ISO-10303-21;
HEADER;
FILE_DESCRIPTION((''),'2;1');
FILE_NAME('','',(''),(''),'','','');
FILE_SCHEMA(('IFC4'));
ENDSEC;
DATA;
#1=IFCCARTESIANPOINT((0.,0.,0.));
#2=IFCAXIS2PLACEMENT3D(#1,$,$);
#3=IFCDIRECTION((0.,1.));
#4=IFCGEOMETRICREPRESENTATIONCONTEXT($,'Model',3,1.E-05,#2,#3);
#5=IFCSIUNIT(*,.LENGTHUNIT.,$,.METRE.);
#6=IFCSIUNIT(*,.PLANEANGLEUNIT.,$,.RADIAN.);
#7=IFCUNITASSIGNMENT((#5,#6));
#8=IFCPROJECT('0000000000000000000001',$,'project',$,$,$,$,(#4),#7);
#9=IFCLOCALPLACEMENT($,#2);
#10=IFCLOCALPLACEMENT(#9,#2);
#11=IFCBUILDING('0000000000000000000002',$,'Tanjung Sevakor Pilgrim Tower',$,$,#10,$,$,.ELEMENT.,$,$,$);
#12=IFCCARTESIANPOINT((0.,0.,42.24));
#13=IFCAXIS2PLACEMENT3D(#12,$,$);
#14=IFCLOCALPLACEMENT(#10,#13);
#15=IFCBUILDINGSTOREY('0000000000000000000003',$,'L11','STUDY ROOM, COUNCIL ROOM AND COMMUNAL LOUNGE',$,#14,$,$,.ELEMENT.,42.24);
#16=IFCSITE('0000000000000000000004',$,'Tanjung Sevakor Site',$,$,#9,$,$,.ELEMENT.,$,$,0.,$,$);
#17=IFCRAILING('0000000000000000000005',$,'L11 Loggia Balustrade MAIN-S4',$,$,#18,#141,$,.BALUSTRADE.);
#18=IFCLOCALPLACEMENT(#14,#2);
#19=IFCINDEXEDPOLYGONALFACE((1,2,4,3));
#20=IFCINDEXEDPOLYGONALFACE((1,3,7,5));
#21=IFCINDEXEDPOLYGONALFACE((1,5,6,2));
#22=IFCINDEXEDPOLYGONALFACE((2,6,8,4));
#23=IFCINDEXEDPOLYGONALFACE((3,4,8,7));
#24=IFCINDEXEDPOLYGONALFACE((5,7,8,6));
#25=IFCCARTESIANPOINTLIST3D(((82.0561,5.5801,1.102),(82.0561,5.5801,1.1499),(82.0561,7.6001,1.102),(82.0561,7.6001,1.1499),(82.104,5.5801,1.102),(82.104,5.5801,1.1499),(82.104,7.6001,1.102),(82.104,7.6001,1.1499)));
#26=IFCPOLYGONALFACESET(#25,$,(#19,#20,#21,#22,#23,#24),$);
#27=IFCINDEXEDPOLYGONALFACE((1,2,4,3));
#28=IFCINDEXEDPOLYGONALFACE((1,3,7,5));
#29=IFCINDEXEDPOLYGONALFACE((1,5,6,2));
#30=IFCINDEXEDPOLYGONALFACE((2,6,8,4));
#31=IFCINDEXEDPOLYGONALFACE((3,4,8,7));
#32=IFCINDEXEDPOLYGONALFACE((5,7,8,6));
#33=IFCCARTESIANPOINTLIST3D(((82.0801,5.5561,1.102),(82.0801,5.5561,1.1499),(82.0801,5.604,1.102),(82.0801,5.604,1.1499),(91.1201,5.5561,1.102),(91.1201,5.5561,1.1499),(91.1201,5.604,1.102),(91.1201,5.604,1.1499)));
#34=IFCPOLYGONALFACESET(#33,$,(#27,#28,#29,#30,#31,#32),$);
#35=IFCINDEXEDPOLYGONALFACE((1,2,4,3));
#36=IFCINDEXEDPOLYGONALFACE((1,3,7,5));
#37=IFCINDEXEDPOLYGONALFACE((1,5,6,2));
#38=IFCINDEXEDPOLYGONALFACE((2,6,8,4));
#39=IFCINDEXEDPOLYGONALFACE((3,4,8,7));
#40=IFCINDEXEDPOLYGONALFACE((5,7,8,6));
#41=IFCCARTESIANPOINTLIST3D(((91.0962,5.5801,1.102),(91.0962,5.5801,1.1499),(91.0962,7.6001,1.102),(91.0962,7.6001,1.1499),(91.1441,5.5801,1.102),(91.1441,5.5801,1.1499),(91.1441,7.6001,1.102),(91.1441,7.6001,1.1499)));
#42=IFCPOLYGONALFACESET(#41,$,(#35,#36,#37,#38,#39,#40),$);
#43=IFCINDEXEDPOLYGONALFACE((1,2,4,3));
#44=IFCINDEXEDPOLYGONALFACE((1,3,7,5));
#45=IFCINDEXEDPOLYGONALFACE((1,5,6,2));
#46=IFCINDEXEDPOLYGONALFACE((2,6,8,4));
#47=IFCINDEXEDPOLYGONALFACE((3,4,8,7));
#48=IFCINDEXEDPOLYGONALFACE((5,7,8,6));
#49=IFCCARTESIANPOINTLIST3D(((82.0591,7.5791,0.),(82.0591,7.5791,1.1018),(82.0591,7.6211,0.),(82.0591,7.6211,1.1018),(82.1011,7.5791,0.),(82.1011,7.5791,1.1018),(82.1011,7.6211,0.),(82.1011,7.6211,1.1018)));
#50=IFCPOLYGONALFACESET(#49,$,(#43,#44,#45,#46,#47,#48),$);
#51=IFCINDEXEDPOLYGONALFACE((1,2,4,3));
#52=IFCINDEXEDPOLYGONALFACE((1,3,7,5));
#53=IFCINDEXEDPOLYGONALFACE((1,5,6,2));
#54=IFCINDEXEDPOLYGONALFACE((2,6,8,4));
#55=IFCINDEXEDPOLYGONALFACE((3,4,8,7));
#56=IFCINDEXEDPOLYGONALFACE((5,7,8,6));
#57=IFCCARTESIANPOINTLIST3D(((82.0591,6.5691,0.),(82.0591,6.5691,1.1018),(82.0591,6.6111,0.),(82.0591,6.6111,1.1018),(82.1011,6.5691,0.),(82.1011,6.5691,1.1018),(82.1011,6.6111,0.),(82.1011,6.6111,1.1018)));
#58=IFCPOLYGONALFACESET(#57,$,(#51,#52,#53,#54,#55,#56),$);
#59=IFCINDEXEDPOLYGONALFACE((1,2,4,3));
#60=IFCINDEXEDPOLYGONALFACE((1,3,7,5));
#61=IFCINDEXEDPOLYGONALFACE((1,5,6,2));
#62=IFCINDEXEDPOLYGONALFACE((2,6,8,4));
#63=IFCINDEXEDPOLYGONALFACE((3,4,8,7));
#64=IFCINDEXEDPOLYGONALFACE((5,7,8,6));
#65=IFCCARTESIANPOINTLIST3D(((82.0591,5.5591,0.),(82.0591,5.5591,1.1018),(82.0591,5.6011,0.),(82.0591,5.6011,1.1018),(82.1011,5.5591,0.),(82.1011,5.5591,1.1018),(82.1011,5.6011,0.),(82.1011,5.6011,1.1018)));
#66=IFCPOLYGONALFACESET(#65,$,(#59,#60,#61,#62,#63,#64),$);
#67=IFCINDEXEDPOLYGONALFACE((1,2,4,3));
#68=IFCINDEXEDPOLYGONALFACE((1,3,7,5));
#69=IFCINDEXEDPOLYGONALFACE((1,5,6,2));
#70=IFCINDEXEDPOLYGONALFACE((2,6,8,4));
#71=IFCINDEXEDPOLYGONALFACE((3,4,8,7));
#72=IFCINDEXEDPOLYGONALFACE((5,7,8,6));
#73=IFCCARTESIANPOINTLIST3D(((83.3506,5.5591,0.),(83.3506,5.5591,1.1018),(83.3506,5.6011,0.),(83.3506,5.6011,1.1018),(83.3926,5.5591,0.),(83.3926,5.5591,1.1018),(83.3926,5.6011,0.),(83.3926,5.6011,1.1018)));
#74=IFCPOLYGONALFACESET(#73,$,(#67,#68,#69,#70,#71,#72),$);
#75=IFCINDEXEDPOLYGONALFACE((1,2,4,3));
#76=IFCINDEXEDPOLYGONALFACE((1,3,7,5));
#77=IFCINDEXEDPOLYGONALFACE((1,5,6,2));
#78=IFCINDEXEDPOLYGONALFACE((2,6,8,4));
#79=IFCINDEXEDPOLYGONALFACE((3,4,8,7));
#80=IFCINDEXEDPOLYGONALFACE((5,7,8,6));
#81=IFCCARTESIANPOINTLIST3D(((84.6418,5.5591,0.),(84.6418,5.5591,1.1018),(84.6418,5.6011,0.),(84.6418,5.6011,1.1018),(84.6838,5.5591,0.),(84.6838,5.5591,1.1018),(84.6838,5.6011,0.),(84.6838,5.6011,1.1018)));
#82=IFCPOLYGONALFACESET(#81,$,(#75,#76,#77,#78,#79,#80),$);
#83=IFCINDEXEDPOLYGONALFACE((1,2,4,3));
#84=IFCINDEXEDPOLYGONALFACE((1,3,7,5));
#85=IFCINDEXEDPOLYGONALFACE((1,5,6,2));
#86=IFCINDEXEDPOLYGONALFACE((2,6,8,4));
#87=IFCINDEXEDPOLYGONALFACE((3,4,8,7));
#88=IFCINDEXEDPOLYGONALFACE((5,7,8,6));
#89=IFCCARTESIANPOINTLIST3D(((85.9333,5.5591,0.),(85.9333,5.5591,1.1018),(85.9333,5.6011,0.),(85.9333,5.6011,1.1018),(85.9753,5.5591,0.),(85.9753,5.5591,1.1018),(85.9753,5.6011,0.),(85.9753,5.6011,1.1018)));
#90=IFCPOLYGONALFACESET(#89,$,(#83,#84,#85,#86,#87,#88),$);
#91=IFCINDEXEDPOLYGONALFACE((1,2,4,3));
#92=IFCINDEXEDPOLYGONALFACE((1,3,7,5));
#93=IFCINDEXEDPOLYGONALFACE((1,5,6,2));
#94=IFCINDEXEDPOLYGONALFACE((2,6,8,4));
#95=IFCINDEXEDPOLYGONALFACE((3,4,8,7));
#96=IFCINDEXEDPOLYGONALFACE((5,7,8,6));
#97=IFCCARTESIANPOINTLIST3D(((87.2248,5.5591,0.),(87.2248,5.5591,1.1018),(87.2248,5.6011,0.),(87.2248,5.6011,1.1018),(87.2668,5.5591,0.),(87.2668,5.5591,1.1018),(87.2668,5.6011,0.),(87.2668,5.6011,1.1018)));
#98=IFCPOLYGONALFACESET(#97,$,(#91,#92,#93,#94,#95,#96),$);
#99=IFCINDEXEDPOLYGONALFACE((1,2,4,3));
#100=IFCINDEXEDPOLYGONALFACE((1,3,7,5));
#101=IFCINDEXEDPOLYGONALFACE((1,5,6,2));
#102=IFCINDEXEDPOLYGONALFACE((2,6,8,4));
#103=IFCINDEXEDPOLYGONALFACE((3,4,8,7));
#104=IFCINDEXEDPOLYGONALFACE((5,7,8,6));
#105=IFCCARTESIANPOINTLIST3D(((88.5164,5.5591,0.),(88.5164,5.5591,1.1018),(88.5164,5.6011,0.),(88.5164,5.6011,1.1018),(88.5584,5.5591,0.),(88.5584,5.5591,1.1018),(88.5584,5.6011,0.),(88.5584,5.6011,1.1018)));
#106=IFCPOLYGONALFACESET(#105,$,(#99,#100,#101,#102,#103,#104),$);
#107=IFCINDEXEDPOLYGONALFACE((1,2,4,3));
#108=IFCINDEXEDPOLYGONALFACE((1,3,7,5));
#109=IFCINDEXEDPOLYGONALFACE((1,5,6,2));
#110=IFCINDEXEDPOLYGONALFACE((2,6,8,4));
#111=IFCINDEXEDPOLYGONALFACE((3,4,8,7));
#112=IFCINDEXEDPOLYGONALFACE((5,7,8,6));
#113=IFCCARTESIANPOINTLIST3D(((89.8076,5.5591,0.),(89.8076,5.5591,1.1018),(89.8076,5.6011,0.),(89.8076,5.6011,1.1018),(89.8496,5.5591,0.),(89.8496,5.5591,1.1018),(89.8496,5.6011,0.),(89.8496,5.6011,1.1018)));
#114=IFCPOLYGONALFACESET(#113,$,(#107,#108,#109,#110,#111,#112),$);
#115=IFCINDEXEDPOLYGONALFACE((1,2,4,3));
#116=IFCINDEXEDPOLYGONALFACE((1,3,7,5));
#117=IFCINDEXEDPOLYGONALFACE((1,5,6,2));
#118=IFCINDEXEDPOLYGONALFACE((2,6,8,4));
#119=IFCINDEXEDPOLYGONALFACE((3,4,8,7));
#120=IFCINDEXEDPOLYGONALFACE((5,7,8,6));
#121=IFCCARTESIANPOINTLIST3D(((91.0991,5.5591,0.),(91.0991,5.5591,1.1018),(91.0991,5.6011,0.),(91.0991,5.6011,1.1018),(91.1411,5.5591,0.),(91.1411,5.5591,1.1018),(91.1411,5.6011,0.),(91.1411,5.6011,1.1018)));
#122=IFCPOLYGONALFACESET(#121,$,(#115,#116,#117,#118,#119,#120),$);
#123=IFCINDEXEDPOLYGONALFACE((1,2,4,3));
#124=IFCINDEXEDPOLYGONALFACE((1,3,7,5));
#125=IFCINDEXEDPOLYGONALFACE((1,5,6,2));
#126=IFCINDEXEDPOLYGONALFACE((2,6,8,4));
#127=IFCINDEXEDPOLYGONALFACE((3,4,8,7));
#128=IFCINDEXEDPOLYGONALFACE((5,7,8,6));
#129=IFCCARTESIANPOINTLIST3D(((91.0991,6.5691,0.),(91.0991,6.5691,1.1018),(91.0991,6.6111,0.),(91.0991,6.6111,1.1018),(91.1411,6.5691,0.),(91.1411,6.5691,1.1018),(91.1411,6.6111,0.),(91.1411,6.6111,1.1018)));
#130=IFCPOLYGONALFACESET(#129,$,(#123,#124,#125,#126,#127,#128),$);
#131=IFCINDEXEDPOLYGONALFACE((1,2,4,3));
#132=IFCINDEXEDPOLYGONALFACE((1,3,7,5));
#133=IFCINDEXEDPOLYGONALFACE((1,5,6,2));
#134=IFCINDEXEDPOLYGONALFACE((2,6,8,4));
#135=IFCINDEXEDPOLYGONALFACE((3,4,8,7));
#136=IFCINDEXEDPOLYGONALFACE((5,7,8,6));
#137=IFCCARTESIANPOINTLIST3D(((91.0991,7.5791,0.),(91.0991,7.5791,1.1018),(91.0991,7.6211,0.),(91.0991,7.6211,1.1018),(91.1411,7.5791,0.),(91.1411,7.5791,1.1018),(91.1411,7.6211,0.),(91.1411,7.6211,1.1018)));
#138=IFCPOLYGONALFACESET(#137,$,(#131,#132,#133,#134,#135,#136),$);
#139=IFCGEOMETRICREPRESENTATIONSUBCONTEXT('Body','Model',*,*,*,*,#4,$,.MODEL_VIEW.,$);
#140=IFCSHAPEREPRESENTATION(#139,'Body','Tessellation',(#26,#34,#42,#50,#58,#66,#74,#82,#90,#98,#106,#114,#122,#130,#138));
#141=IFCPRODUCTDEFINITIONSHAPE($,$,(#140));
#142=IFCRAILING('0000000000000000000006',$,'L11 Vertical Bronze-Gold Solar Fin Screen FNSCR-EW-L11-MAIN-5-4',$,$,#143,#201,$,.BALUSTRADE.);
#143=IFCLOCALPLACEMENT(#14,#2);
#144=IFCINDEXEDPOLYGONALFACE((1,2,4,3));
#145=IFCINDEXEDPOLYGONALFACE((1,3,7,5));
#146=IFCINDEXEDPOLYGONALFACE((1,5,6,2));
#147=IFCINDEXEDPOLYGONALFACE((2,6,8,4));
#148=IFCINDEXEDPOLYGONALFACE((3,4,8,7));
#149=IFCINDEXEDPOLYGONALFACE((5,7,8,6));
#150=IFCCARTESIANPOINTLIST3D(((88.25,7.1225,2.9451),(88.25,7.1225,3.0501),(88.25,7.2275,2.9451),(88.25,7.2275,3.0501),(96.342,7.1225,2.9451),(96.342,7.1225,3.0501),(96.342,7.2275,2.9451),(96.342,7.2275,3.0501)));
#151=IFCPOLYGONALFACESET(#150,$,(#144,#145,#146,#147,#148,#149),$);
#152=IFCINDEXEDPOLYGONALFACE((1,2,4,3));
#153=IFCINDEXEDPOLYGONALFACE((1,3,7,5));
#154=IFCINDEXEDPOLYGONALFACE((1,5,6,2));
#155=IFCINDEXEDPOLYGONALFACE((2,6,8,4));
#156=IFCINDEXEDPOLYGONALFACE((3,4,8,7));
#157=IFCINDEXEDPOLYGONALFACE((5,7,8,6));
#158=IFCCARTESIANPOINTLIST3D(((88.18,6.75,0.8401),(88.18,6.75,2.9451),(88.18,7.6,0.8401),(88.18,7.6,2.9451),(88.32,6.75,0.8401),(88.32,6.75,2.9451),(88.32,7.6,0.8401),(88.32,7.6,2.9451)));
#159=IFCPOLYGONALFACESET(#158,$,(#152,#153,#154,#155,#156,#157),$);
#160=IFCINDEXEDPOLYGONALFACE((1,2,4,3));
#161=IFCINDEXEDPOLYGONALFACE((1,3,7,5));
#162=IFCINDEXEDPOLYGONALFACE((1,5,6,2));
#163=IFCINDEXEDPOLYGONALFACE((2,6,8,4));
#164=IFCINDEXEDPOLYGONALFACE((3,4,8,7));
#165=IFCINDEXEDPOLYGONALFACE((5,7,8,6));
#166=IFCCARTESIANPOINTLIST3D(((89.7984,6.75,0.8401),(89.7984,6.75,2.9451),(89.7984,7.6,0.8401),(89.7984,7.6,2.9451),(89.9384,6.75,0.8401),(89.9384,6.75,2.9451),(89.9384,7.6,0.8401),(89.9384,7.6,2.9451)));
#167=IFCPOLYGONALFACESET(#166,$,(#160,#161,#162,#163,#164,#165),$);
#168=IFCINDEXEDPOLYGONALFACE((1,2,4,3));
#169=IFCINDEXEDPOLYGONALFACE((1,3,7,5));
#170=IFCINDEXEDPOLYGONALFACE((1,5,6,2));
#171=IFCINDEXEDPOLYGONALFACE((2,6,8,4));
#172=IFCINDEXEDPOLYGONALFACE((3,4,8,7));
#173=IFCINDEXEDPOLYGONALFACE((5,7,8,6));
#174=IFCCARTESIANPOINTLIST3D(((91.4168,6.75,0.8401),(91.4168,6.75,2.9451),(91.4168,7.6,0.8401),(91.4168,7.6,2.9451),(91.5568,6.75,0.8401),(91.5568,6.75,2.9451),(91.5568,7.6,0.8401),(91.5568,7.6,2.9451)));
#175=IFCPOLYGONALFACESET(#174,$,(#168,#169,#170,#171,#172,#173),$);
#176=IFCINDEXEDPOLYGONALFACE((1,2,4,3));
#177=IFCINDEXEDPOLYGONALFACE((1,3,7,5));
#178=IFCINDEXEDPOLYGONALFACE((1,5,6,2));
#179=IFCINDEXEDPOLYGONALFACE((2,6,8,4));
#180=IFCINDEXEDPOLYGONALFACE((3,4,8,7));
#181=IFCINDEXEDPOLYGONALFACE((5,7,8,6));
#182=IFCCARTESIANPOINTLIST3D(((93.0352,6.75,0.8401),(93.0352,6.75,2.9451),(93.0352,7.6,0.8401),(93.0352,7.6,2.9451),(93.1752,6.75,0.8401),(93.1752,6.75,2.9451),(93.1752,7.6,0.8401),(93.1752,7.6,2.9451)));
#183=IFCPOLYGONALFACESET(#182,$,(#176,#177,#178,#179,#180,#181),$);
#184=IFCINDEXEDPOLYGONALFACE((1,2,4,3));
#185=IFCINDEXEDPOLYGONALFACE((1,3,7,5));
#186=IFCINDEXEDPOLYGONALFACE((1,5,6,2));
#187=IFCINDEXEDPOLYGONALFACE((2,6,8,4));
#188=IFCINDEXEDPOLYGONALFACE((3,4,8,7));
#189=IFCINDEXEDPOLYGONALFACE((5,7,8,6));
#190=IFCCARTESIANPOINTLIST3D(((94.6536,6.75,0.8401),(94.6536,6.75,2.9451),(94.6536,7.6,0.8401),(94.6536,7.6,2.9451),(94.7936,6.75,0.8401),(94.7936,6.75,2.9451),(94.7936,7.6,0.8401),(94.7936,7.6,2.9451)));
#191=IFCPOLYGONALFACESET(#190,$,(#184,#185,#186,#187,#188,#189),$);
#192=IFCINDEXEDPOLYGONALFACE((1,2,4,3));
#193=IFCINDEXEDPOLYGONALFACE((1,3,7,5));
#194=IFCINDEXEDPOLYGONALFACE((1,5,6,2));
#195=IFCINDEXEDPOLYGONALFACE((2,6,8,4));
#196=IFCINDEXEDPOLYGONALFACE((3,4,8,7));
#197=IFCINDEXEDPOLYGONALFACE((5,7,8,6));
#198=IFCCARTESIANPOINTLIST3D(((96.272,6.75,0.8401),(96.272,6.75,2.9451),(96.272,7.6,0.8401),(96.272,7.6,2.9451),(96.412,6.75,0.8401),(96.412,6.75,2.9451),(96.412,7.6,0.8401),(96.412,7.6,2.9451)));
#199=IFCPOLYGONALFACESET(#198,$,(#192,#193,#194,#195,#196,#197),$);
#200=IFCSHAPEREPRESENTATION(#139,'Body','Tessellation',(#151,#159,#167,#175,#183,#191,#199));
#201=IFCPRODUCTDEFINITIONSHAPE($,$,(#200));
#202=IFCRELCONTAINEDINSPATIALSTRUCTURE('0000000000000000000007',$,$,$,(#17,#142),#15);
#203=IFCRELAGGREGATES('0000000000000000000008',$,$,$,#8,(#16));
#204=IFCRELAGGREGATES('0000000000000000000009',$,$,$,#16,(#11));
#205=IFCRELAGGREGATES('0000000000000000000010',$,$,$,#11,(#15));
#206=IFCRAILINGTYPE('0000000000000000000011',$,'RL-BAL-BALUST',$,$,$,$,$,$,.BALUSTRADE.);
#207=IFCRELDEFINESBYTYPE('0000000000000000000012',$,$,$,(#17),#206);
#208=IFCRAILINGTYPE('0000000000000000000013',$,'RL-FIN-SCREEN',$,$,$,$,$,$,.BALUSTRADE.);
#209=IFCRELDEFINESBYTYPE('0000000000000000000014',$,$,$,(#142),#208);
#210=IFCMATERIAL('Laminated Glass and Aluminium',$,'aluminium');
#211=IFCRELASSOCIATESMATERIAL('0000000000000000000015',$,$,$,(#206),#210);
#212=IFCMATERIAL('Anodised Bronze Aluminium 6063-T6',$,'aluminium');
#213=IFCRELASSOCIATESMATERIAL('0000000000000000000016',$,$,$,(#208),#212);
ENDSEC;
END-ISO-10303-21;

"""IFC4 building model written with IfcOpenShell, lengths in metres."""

from ifc_helpers import new_model, si_unit, direction, frame, origin, place, context, subcontext, project, spatial, rectangle, extrude, material, type_object, element, save


model = new_model("IFC4")

# Units and contexts
model_context = context("Model", 3, precision=1e-05, world=origin(), true_north=direction((0.0, 1.0)))
body_context = subcontext(model_context, "Body", "Model", "MODEL_VIEW")
ifc_project = project(units=[si_unit("LENGTHUNIT", "METRE"), si_unit("PLANEANGLEUNIT", "RADIAN")], contexts=[model_context])

# Site, building, storey
site_placement = place(None, origin())
site = spatial("IfcSite", under=ifc_project, at=site_placement, Name="Tanjung Sevakor Site", CompositionType="ELEMENT", RefElevation=0.0)
building_placement = place(site_placement, origin())
building = spatial("IfcBuilding", under=site, at=building_placement, Name="Tanjung Sevakor Pilgrim Tower", CompositionType="ELEMENT")
storey_placement = place(building_placement, frame((0.0, 0.0, 42.24)))
storey = spatial("IfcBuildingStorey", under=building, at=storey_placement, Name="L11", Description="STUDY ROOM, COUNCIL ROOM AND COMMUNAL LOUNGE", CompositionType="ELEMENT", Elevation=42.24)

# Railings
ifc_material_1 = material(Name="Laminated Glass and Aluminium", Category="aluminium")
railing_type_1 = type_object("IfcRailingType", Name="RL-BAL-BALUST", PredefinedType="BALUSTRADE", material=ifc_material_1)
railing_1_placement = place(storey_placement, frame((82.0801, 7.6001, 0.0)))
element("IfcRailing", 1, at=railing_1_placement, inside=storey, type_object=railing_type_1, Name="L11 Loggia Balustrade MAIN-S4", PredefinedType="BALUSTRADE", context=body_context, shape_type="SweptSolid", body=[
    extrude(rectangle(XDim=0.0479, YDim=0.0479), frame((0.0, 0.0, 1.126), z_axis=(0.0, -1.0, 0.0), x_axis=(1.0, 0.0, 0.0)), (0.0, 0.0, 1.0), 2.02),
    extrude(rectangle(XDim=0.0479, YDim=0.0479), frame((0.0, -2.02, 1.126), z_axis=(1.0, 0.0, 0.0), x_axis=(0.0, 1.0, 0.0)), (0.0, 0.0, 1.0), 9.04),
    extrude(rectangle(XDim=0.0479, YDim=0.0479), frame((9.04, -2.02, 1.126), z_axis=(0.0, 1.0, 0.0), x_axis=(-1.0, 0.0, 0.0)), (0.0, 0.0, 1.0), 2.02),
    extrude(rectangle(XDim=0.042, YDim=0.042), origin(), (0.0, 0.0, 1.0), 1.1018),
    extrude(rectangle(XDim=0.042, YDim=0.042), frame((0.0, -1.01, 0.0)), (0.0, 0.0, 1.0), 1.1018),
    extrude(rectangle(XDim=0.042, YDim=0.042), frame((0.0, -2.02, 0.0)), (0.0, 0.0, 1.0), 1.1018),
    extrude(rectangle(XDim=0.042, YDim=0.042), frame((1.2915, -2.02, 0.0)), (0.0, 0.0, 1.0), 1.1018),
    extrude(rectangle(XDim=0.042, YDim=0.042), frame((2.5828, -2.02, 0.0)), (0.0, 0.0, 1.0), 1.1018),
    extrude(rectangle(XDim=0.042, YDim=0.042), frame((3.8743, -2.02, 0.0)), (0.0, 0.0, 1.0), 1.1018),
    extrude(rectangle(XDim=0.042, YDim=0.042), frame((5.1658, -2.02, 0.0)), (0.0, 0.0, 1.0), 1.1018),
    extrude(rectangle(XDim=0.042, YDim=0.042), frame((6.4573, -2.02, 0.0)), (0.0, 0.0, 1.0), 1.1018),
    extrude(rectangle(XDim=0.042, YDim=0.042), frame((7.7485, -2.02, 0.0)), (0.0, 0.0, 1.0), 1.1018),
    extrude(rectangle(XDim=0.042, YDim=0.042), frame((9.04, -2.02, 0.0)), (0.0, 0.0, 1.0), 1.1018),
    extrude(rectangle(XDim=0.042, YDim=0.042), frame((9.04, -1.01, 0.0)), (0.0, 0.0, 1.0), 1.1018),
    extrude(rectangle(XDim=0.042, YDim=0.042), frame((9.04, 0.0, 0.0)), (0.0, 0.0, 1.0), 1.1018),
])
ifc_material_2 = material(Name="Anodised Bronze Aluminium 6063-T6", Category="aluminium")
railing_type_2 = type_object("IfcRailingType", Name="RL-FIN-SCREEN", PredefinedType="BALUSTRADE", material=ifc_material_2)
railing_2_placement = place(storey_placement, frame((88.25, 7.175, 0.8401)))
element("IfcRailing", 2, at=railing_2_placement, inside=storey, type_object=railing_type_2, Name="L11 Vertical Bronze-Gold Solar Fin Screen FNSCR-EW-L11-MAIN-5-4", PredefinedType="BALUSTRADE", context=body_context, shape_type="SweptSolid", body=[
    extrude(rectangle(XDim=0.105, YDim=0.105), frame((0.0, 0.0, 2.1575), z_axis=(1.0, 0.0, 0.0), x_axis=(0.0, 1.0, 0.0)), (0.0, 0.0, 1.0), 8.092),
    extrude(rectangle(XDim=0.14, YDim=0.85), origin(), (0.0, 0.0, 1.0), 2.105),
    extrude(rectangle(XDim=0.14, YDim=0.85), frame((1.6184, 0.0, 0.0)), (0.0, 0.0, 1.0), 2.105),
    extrude(rectangle(XDim=0.14, YDim=0.85), frame((3.2368, 0.0, 0.0)), (0.0, 0.0, 1.0), 2.105),
    extrude(rectangle(XDim=0.14, YDim=0.85), frame((4.8552, 0.0, 0.0)), (0.0, 0.0, 1.0), 2.105),
    extrude(rectangle(XDim=0.14, YDim=0.85), frame((6.4736, 0.0, 0.0)), (0.0, 0.0, 1.0), 2.105),
    extrude(rectangle(XDim=0.14, YDim=0.85), frame((8.092, 0.0, 0.0)), (0.0, 0.0, 1.0), 2.105),
])

save(model, "model.ifc")
